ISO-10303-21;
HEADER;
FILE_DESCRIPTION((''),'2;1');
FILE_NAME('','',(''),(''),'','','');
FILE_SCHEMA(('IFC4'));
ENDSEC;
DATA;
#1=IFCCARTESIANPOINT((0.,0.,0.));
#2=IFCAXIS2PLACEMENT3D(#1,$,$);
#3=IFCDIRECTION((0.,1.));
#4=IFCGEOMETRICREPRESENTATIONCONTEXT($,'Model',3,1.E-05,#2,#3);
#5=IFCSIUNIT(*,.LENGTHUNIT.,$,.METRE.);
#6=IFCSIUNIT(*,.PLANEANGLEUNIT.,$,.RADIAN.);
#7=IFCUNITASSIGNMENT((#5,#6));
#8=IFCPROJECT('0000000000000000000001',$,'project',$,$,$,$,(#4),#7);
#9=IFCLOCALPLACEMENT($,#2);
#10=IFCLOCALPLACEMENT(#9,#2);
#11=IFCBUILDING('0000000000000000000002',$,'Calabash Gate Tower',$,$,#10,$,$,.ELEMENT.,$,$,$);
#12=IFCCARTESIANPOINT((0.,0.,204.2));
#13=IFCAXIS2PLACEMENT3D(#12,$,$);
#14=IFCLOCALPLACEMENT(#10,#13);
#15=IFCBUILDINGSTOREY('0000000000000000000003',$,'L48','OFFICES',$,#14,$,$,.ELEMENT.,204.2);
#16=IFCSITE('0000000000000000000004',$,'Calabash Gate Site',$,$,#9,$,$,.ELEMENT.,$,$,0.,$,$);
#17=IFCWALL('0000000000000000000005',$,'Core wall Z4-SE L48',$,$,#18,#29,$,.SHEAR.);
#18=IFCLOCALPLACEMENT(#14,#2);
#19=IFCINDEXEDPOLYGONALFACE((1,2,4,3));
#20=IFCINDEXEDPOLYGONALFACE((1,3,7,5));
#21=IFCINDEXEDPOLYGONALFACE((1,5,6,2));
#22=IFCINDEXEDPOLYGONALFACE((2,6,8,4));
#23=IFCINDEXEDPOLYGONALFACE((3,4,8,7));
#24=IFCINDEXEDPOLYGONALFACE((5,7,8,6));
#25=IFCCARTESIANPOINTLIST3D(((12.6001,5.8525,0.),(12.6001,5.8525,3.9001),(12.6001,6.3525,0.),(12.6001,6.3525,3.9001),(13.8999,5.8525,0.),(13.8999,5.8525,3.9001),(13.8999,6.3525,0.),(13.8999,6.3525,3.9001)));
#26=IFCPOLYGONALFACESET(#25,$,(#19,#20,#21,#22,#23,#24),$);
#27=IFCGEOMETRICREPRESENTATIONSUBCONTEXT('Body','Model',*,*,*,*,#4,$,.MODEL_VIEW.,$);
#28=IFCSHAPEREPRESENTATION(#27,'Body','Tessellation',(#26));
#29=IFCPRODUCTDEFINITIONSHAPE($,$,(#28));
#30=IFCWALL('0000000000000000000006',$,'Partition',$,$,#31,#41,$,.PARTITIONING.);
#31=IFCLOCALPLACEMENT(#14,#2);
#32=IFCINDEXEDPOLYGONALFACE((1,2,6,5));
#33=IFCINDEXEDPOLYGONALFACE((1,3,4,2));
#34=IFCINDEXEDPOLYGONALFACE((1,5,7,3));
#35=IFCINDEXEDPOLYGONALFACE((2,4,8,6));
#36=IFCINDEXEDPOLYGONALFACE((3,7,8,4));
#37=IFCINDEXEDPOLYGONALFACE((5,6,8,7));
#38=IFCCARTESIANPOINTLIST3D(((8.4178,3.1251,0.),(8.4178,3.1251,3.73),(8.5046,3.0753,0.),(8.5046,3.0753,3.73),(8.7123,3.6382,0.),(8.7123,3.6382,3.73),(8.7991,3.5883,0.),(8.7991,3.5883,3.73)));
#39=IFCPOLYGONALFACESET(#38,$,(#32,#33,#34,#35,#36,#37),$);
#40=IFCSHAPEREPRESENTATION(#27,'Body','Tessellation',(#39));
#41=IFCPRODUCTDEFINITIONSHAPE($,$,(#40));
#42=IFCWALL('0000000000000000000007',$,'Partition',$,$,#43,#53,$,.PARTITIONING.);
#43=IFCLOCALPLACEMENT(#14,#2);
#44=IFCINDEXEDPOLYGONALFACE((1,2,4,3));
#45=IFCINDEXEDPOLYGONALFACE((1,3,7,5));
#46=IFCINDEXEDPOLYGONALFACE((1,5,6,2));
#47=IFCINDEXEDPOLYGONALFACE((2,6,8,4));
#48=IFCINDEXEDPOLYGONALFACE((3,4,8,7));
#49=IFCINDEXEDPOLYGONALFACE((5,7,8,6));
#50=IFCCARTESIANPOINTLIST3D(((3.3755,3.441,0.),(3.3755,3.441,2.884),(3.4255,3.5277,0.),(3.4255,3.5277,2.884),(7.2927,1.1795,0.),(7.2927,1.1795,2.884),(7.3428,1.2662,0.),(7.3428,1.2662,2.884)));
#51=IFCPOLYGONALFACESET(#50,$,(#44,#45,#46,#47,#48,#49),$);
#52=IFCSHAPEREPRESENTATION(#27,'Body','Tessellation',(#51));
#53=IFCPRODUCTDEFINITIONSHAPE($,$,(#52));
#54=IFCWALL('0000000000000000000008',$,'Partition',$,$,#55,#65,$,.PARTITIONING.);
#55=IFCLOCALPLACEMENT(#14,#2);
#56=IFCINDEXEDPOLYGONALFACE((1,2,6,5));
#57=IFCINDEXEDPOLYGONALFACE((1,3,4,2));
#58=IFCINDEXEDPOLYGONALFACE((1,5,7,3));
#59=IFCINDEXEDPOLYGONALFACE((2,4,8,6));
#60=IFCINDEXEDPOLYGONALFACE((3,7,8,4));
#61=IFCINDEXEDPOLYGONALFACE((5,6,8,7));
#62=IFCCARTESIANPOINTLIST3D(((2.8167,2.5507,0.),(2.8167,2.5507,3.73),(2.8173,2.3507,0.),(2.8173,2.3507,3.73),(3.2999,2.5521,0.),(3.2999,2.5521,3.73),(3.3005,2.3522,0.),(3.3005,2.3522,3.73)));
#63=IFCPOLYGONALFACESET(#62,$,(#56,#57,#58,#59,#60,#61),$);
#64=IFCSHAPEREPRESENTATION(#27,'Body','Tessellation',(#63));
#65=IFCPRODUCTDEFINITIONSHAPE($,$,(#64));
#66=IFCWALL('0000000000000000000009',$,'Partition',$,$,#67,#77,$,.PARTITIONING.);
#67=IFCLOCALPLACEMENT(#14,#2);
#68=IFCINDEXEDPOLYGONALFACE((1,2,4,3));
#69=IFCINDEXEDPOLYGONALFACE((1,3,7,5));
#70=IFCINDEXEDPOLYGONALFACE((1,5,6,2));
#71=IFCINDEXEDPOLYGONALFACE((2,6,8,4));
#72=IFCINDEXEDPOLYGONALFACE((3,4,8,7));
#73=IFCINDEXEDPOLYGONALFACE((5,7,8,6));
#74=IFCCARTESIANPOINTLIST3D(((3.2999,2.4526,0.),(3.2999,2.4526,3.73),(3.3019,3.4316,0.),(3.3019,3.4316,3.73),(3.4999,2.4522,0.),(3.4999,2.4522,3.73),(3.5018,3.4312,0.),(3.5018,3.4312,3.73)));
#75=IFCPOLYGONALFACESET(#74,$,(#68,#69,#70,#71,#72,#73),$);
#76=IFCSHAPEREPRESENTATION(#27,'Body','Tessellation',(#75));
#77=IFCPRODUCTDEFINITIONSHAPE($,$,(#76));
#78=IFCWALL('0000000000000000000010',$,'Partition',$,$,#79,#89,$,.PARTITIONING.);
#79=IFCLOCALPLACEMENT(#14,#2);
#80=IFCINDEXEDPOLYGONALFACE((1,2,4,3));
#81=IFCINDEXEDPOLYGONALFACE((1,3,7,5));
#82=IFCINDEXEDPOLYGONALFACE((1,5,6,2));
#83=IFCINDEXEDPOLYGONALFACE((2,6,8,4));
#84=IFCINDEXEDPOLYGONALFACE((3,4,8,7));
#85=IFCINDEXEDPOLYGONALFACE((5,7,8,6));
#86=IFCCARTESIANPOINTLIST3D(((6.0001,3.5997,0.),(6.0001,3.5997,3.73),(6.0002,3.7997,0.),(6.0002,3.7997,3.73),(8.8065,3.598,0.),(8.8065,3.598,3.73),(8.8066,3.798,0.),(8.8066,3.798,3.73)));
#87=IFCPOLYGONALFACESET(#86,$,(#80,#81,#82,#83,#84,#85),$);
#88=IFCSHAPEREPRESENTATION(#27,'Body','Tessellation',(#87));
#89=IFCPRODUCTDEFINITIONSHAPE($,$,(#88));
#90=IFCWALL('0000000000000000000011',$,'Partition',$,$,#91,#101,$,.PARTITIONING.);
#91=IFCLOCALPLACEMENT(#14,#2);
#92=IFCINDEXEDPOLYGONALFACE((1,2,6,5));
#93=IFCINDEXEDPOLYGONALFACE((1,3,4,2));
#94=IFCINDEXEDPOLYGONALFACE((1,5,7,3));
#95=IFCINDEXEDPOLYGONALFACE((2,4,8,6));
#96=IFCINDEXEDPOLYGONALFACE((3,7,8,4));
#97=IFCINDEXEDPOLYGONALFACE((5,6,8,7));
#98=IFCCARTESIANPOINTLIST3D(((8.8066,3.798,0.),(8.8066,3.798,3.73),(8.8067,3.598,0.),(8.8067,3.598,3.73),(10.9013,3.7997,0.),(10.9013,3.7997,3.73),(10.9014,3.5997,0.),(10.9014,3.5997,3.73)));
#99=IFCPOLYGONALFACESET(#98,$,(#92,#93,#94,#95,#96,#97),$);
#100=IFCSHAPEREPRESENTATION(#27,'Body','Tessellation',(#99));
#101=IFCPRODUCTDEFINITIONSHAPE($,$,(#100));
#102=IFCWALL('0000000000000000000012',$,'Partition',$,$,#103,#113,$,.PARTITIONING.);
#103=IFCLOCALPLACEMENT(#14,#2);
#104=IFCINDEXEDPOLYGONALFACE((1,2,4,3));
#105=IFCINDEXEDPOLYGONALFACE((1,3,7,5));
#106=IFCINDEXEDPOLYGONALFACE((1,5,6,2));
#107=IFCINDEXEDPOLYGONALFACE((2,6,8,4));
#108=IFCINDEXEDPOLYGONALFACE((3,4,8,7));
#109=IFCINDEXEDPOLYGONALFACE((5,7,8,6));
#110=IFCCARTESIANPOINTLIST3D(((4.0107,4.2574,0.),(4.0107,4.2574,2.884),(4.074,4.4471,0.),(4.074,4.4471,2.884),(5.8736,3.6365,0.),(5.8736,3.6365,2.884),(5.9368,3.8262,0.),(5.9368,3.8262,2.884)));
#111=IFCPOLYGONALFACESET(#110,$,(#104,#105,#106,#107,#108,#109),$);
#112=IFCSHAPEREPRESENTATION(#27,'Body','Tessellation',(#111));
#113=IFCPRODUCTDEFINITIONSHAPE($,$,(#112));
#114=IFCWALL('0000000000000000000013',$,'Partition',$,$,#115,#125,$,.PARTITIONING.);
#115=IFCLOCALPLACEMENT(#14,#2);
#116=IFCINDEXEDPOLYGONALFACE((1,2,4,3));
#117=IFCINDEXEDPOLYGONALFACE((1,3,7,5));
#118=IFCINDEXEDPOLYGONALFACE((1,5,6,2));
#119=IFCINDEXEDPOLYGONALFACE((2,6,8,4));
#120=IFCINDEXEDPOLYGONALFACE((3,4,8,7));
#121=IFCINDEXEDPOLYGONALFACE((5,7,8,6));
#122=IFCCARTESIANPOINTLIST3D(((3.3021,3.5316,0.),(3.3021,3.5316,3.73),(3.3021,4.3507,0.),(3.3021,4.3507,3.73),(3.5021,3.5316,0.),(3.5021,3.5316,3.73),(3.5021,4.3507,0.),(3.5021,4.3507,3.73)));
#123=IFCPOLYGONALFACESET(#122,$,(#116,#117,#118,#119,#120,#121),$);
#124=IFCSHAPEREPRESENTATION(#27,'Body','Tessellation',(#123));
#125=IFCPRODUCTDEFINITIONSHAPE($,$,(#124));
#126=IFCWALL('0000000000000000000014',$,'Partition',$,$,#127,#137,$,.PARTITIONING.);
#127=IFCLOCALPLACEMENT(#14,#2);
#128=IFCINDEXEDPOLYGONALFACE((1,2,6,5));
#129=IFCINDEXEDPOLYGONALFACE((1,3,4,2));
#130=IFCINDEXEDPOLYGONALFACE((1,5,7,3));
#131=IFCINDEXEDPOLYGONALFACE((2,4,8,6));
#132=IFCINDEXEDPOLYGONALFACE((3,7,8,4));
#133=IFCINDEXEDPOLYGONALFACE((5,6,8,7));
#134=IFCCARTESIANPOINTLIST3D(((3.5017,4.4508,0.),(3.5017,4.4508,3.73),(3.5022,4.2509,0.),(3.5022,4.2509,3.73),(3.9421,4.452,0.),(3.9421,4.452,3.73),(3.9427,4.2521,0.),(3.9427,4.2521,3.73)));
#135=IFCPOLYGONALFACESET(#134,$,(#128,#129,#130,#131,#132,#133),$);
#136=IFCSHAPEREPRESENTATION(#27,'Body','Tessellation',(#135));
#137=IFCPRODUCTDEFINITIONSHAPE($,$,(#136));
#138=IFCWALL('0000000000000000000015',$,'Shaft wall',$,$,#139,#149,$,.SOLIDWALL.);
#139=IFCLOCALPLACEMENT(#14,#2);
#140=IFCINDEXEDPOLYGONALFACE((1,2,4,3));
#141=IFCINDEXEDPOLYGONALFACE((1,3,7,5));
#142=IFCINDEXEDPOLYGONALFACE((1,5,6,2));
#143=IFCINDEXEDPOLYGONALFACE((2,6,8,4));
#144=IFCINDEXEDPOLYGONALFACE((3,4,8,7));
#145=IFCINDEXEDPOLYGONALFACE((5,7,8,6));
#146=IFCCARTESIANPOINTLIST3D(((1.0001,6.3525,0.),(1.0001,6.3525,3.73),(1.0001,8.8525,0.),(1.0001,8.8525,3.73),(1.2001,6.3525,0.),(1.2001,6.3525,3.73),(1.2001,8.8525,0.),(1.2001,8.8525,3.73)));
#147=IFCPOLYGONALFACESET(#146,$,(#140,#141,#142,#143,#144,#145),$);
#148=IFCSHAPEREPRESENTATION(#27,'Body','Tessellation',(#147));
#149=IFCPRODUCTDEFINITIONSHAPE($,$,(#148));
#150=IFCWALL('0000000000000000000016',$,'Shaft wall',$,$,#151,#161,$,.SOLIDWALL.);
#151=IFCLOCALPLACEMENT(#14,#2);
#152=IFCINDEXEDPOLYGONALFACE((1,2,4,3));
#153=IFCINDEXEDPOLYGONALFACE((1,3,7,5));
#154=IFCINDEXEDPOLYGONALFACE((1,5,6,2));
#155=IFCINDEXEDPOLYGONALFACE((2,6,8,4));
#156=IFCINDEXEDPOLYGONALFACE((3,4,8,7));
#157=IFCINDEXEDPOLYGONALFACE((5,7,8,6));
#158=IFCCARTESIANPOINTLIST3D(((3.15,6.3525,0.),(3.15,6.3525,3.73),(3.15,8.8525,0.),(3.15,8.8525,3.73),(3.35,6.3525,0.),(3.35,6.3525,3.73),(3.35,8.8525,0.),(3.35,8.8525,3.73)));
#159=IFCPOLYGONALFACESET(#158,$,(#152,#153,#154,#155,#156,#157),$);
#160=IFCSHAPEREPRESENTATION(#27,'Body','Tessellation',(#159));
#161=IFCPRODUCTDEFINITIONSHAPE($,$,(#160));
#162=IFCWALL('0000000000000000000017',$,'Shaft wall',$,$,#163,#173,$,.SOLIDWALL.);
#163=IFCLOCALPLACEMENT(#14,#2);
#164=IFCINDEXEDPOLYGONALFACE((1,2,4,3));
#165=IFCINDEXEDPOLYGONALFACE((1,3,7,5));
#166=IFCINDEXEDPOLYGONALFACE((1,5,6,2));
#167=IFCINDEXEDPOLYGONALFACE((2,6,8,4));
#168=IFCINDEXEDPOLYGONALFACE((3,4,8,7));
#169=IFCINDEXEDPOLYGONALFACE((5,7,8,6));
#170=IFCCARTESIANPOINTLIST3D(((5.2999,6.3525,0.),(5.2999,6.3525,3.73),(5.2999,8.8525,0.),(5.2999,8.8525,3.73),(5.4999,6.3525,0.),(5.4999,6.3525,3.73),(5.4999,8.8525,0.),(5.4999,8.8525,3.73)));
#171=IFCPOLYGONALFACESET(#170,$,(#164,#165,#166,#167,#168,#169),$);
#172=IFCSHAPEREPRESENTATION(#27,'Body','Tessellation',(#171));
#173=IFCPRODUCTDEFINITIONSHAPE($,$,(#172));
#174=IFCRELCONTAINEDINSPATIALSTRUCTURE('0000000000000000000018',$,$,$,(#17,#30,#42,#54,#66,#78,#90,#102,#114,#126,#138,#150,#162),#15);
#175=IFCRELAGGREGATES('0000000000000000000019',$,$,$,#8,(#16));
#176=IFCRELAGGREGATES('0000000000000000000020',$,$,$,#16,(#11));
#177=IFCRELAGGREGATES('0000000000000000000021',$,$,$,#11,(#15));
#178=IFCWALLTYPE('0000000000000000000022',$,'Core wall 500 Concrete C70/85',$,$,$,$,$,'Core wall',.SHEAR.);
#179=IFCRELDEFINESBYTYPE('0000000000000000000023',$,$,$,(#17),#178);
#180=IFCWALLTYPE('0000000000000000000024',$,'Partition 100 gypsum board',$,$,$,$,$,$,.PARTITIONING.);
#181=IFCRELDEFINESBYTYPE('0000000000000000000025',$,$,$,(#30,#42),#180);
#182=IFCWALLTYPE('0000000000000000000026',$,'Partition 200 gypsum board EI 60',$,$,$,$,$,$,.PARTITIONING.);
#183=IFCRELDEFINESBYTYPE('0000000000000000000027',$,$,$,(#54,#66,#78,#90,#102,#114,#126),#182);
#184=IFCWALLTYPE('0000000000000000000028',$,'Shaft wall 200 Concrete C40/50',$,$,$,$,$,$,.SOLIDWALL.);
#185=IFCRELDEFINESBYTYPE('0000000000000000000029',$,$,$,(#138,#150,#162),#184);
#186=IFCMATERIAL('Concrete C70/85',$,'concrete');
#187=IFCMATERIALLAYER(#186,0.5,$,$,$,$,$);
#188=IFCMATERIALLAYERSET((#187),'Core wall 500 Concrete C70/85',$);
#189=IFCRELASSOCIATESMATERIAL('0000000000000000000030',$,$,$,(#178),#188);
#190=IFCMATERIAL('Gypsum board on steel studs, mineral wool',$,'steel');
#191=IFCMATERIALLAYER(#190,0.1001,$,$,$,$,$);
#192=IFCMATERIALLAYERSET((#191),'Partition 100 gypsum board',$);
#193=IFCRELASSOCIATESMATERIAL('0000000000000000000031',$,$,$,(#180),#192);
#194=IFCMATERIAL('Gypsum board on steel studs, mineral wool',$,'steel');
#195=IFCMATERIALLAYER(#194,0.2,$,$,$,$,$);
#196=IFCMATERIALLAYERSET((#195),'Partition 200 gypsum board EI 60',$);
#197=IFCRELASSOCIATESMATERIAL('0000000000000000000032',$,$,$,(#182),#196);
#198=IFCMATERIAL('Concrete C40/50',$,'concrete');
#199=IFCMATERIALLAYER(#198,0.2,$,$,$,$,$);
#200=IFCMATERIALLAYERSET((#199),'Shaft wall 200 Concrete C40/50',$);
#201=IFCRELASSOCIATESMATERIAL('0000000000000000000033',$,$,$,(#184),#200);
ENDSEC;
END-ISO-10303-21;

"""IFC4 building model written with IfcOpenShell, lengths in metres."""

from ifc_helpers import new_model, si_unit, direction, frame, frame_2d, origin, place, context, subcontext, project, spatial, rectangle, extrude, material, layer, layer_set, type_object, element, save


model = new_model("IFC4")

# Units and contexts
model_context = context("Model", 3, precision=1e-05, world=origin(), true_north=direction((0.0, 1.0)))
body_context = subcontext(model_context, "Body", "Model", "MODEL_VIEW")
ifc_project = project(units=[si_unit("LENGTHUNIT", "METRE"), si_unit("PLANEANGLEUNIT", "RADIAN")], contexts=[model_context])

# Site, building, storey
site_placement = place(None, origin())
site = spatial("IfcSite", under=ifc_project, at=site_placement, Name="Calabash Gate Site", CompositionType="ELEMENT", RefElevation=0.0)
building_placement = place(site_placement, origin())
building = spatial("IfcBuilding", under=site, at=building_placement, Name="Calabash Gate Tower", CompositionType="ELEMENT")
storey_placement = place(building_placement, frame((0.0, 0.0, 204.2)))
storey = spatial("IfcBuildingStorey", under=building, at=storey_placement, Name="L48", Description="OFFICES", CompositionType="ELEMENT", Elevation=204.2)

# Shared definitions
ifc_material_1 = material(Name="Concrete C70/85", Category="concrete")
ifc_layer_1 = layer(ifc_material_1, 0.5)
ifc_layer_set_1 = layer_set([ifc_layer_1], Name="Core wall 500 Concrete C70/85")
wall_type_1 = type_object("IfcWallType", Name="Core wall 500 Concrete C70/85", ElementType="Core wall", PredefinedType="SHEAR", material=ifc_layer_set_1)

# Walls
wall_1_placement = place(storey_placement, frame((12.6001, 6.1025, 0.0), z_axis=(0.0, 0.0, 1.0), x_axis=(1.0, 0.0, 0.0)))
element("IfcWall", 1, at=wall_1_placement, inside=storey, type_object=wall_type_1, Name="Core wall Z4-SE L48", PredefinedType="SHEAR", context=body_context, shape_type="SweptSolid", body=[
    extrude(rectangle(XDim=1.2998, YDim=0.5, at=frame_2d((0.6499, 0.0))), origin(), (0.0, 0.0, 1.0), 3.9001),
])
ifc_material_2 = material(Name="Gypsum board on steel studs, mineral wool", Category="steel")
ifc_layer_2 = layer(ifc_material_2, 0.1001)
ifc_layer_set_2 = layer_set([ifc_layer_2], Name="Partition 100 gypsum board")
wall_type_2 = type_object("IfcWallType", Name="Partition 100 gypsum board", PredefinedType="PARTITIONING", material=ifc_layer_set_2)
wall_2_placement = place(storey_placement, frame((8.4612, 3.1001, 0.0), z_axis=(0.0, 0.0, 1.0), x_axis=(0.497827, 0.867276, 0.0)))
element("IfcWall", 2, at=wall_2_placement, inside=storey, type_object=wall_type_2, Name="Partition", PredefinedType="PARTITIONING", context=body_context, shape_type="SweptSolid", body=[
    extrude(rectangle(XDim=0.5916, YDim=0.1001, at=frame_2d((0.2959, 0.0))), origin(), (0.0, 0.0, 1.0), 3.73),
])
wall_3_placement = place(storey_placement, frame((3.4004, 3.4844, 0.0), z_axis=(0.0, 0.0, 1.0), x_axis=(0.866039, -0.499976, 0.0)))
element("IfcWall", 3, at=wall_3_placement, inside=storey, type_object=wall_type_2, Name="Partition", PredefinedType="PARTITIONING", context=body_context, shape_type="SweptSolid", body=[
    extrude(rectangle(XDim=4.5232, YDim=0.1001, at=frame_2d((2.2617, 0.0))), origin(), (0.0, 0.0, 1.0), 2.884),
])
ifc_material_3 = material(Name="Gypsum board on steel studs, mineral wool", Category="steel")
ifc_layer_3 = layer(ifc_material_3, 0.2)
ifc_layer_set_3 = layer_set([ifc_layer_3], Name="Partition 200 gypsum board EI 60")
wall_type_3 = type_object("IfcWallType", Name="Partition 200 gypsum board EI 60", PredefinedType="PARTITIONING", material=ifc_layer_set_3)
wall_4_placement = place(storey_placement, frame((2.8169, 2.4507, 0.0), z_axis=(0.0, 0.0, 1.0), x_axis=(0.999995, 0.003032, 0.0)))
element("IfcWall", 4, at=wall_4_placement, inside=storey, type_object=wall_type_3, Name="Partition", PredefinedType="PARTITIONING", context=body_context, shape_type="SweptSolid", body=[
    extrude(rectangle(XDim=0.4832, YDim=0.2, at=frame_2d((0.2417, 0.0))), origin(), (0.0, 0.0, 1.0), 3.73),
])
wall_5_placement = place(storey_placement, frame((3.3999, 2.4524, 0.0), z_axis=(0.0, 0.0, 1.0), x_axis=(0.001995, 0.999998, 0.0)))
element("IfcWall", 5, at=wall_5_placement, inside=storey, type_object=wall_type_3, Name="Partition", PredefinedType="PARTITIONING", context=body_context, shape_type="SweptSolid", body=[
    extrude(rectangle(XDim=0.979, YDim=0.2, at=frame_2d((0.4895, 0.0))), origin(), (0.0, 0.0, 1.0), 3.73),
])
wall_6_placement = place(storey_placement, frame((6.0, 3.6997, 0.0), z_axis=(0.0, 0.0, 1.0), x_axis=(1.0, -0.000609, 0.0)))
element("IfcWall", 6, at=wall_6_placement, inside=storey, type_object=wall_type_3, Name="Partition", PredefinedType="PARTITIONING", context=body_context, shape_type="SweptSolid", body=[
    extrude(rectangle(XDim=2.8064, YDim=0.2, at=frame_2d((1.4033, 0.0))), origin(), (0.0, 0.0, 1.0), 3.73),
])
wall_7_placement = place(storey_placement, frame((8.8066, 3.698, 0.0), z_axis=(0.0, 0.0, 1.0), x_axis=(1.0, 0.000816, 0.0)))
element("IfcWall", 7, at=wall_7_placement, inside=storey, type_object=wall_type_3, Name="Partition", PredefinedType="PARTITIONING", context=body_context, shape_type="SweptSolid", body=[
    extrude(rectangle(XDim=2.0947, YDim=0.2, at=frame_2d((1.0474, 0.0))), origin(), (0.0, 0.0, 1.0), 3.73),
])
wall_8_placement = place(storey_placement, frame((4.0422, 4.3523, 0.0), z_axis=(0.0, 0.0, 1.0), x_axis=(0.948696, -0.31619, 0.0)))
element("IfcWall", 8, at=wall_8_placement, inside=storey, type_object=wall_type_3, Name="Partition", PredefinedType="PARTITIONING", context=body_context, shape_type="SweptSolid", body=[
    extrude(rectangle(XDim=1.9636, YDim=0.2, at=frame_2d((0.9819, 0.0))), origin(), (0.0, 0.0, 1.0), 2.884),
])
wall_9_placement = place(storey_placement, frame((3.4021, 3.5315, 0.0), z_axis=(0.0, 0.0, 1.0), x_axis=(0.0, 1.0, 0.0)))
element("IfcWall", 9, at=wall_9_placement, inside=storey, type_object=wall_type_3, Name="Partition", PredefinedType="PARTITIONING", context=body_context, shape_type="SweptSolid", body=[
    extrude(rectangle(XDim=0.8191, YDim=0.2, at=frame_2d((0.4097, 0.0))), origin(), (0.0, 0.0, 1.0), 3.73),
])
wall_10_placement = place(storey_placement, frame((3.502, 4.3508, 0.0), z_axis=(0.0, 0.0, 1.0), x_axis=(0.999996, 0.002772, 0.0)))
element("IfcWall", 10, at=wall_10_placement, inside=storey, type_object=wall_type_3, Name="Partition", PredefinedType="PARTITIONING", context=body_context, shape_type="SweptSolid", body=[
    extrude(rectangle(XDim=0.4404, YDim=0.2, at=frame_2d((0.2202, 0.0))), origin(), (0.0, 0.0, 1.0), 3.73),
])
ifc_material_4 = material(Name="Concrete C40/50", Category="concrete")
ifc_layer_4 = layer(ifc_material_4, 0.2)
ifc_layer_set_4 = layer_set([ifc_layer_4], Name="Shaft wall 200 Concrete C40/50")
wall_type_4 = type_object("IfcWallType", Name="Shaft wall 200 Concrete C40/50", PredefinedType="SOLIDWALL", material=ifc_layer_set_4)
for number, where, z_axis, x_axis, name in (
    (11, (1.1001, 6.3525, 0.0), (0.0, 0.0, 1.0), (0.0, 1.0, 0.0), "Shaft wall"),
    (12, (3.25, 6.3525, 0.0), (0.0, 0.0, 1.0), (0.0, 1.0, 0.0), "Shaft wall"),
    (13, (5.3999, 6.3525, 0.0), (0.0, 0.0, 1.0), (0.0, 1.0, 0.0), "Shaft wall"),
):
    element("IfcWall", number, at=place(storey_placement, frame(where, z_axis=z_axis, x_axis=x_axis)), inside=storey, type_object=wall_type_4, Name=name, PredefinedType="SOLIDWALL", context=body_context, shape_type="SweptSolid", body=[
        extrude(rectangle(XDim=2.5, YDim=0.2, at=frame_2d((1.25, 0.0))), origin(), (0.0, 0.0, 1.0), 3.73),
    ])

save(model, "model.ifc")
